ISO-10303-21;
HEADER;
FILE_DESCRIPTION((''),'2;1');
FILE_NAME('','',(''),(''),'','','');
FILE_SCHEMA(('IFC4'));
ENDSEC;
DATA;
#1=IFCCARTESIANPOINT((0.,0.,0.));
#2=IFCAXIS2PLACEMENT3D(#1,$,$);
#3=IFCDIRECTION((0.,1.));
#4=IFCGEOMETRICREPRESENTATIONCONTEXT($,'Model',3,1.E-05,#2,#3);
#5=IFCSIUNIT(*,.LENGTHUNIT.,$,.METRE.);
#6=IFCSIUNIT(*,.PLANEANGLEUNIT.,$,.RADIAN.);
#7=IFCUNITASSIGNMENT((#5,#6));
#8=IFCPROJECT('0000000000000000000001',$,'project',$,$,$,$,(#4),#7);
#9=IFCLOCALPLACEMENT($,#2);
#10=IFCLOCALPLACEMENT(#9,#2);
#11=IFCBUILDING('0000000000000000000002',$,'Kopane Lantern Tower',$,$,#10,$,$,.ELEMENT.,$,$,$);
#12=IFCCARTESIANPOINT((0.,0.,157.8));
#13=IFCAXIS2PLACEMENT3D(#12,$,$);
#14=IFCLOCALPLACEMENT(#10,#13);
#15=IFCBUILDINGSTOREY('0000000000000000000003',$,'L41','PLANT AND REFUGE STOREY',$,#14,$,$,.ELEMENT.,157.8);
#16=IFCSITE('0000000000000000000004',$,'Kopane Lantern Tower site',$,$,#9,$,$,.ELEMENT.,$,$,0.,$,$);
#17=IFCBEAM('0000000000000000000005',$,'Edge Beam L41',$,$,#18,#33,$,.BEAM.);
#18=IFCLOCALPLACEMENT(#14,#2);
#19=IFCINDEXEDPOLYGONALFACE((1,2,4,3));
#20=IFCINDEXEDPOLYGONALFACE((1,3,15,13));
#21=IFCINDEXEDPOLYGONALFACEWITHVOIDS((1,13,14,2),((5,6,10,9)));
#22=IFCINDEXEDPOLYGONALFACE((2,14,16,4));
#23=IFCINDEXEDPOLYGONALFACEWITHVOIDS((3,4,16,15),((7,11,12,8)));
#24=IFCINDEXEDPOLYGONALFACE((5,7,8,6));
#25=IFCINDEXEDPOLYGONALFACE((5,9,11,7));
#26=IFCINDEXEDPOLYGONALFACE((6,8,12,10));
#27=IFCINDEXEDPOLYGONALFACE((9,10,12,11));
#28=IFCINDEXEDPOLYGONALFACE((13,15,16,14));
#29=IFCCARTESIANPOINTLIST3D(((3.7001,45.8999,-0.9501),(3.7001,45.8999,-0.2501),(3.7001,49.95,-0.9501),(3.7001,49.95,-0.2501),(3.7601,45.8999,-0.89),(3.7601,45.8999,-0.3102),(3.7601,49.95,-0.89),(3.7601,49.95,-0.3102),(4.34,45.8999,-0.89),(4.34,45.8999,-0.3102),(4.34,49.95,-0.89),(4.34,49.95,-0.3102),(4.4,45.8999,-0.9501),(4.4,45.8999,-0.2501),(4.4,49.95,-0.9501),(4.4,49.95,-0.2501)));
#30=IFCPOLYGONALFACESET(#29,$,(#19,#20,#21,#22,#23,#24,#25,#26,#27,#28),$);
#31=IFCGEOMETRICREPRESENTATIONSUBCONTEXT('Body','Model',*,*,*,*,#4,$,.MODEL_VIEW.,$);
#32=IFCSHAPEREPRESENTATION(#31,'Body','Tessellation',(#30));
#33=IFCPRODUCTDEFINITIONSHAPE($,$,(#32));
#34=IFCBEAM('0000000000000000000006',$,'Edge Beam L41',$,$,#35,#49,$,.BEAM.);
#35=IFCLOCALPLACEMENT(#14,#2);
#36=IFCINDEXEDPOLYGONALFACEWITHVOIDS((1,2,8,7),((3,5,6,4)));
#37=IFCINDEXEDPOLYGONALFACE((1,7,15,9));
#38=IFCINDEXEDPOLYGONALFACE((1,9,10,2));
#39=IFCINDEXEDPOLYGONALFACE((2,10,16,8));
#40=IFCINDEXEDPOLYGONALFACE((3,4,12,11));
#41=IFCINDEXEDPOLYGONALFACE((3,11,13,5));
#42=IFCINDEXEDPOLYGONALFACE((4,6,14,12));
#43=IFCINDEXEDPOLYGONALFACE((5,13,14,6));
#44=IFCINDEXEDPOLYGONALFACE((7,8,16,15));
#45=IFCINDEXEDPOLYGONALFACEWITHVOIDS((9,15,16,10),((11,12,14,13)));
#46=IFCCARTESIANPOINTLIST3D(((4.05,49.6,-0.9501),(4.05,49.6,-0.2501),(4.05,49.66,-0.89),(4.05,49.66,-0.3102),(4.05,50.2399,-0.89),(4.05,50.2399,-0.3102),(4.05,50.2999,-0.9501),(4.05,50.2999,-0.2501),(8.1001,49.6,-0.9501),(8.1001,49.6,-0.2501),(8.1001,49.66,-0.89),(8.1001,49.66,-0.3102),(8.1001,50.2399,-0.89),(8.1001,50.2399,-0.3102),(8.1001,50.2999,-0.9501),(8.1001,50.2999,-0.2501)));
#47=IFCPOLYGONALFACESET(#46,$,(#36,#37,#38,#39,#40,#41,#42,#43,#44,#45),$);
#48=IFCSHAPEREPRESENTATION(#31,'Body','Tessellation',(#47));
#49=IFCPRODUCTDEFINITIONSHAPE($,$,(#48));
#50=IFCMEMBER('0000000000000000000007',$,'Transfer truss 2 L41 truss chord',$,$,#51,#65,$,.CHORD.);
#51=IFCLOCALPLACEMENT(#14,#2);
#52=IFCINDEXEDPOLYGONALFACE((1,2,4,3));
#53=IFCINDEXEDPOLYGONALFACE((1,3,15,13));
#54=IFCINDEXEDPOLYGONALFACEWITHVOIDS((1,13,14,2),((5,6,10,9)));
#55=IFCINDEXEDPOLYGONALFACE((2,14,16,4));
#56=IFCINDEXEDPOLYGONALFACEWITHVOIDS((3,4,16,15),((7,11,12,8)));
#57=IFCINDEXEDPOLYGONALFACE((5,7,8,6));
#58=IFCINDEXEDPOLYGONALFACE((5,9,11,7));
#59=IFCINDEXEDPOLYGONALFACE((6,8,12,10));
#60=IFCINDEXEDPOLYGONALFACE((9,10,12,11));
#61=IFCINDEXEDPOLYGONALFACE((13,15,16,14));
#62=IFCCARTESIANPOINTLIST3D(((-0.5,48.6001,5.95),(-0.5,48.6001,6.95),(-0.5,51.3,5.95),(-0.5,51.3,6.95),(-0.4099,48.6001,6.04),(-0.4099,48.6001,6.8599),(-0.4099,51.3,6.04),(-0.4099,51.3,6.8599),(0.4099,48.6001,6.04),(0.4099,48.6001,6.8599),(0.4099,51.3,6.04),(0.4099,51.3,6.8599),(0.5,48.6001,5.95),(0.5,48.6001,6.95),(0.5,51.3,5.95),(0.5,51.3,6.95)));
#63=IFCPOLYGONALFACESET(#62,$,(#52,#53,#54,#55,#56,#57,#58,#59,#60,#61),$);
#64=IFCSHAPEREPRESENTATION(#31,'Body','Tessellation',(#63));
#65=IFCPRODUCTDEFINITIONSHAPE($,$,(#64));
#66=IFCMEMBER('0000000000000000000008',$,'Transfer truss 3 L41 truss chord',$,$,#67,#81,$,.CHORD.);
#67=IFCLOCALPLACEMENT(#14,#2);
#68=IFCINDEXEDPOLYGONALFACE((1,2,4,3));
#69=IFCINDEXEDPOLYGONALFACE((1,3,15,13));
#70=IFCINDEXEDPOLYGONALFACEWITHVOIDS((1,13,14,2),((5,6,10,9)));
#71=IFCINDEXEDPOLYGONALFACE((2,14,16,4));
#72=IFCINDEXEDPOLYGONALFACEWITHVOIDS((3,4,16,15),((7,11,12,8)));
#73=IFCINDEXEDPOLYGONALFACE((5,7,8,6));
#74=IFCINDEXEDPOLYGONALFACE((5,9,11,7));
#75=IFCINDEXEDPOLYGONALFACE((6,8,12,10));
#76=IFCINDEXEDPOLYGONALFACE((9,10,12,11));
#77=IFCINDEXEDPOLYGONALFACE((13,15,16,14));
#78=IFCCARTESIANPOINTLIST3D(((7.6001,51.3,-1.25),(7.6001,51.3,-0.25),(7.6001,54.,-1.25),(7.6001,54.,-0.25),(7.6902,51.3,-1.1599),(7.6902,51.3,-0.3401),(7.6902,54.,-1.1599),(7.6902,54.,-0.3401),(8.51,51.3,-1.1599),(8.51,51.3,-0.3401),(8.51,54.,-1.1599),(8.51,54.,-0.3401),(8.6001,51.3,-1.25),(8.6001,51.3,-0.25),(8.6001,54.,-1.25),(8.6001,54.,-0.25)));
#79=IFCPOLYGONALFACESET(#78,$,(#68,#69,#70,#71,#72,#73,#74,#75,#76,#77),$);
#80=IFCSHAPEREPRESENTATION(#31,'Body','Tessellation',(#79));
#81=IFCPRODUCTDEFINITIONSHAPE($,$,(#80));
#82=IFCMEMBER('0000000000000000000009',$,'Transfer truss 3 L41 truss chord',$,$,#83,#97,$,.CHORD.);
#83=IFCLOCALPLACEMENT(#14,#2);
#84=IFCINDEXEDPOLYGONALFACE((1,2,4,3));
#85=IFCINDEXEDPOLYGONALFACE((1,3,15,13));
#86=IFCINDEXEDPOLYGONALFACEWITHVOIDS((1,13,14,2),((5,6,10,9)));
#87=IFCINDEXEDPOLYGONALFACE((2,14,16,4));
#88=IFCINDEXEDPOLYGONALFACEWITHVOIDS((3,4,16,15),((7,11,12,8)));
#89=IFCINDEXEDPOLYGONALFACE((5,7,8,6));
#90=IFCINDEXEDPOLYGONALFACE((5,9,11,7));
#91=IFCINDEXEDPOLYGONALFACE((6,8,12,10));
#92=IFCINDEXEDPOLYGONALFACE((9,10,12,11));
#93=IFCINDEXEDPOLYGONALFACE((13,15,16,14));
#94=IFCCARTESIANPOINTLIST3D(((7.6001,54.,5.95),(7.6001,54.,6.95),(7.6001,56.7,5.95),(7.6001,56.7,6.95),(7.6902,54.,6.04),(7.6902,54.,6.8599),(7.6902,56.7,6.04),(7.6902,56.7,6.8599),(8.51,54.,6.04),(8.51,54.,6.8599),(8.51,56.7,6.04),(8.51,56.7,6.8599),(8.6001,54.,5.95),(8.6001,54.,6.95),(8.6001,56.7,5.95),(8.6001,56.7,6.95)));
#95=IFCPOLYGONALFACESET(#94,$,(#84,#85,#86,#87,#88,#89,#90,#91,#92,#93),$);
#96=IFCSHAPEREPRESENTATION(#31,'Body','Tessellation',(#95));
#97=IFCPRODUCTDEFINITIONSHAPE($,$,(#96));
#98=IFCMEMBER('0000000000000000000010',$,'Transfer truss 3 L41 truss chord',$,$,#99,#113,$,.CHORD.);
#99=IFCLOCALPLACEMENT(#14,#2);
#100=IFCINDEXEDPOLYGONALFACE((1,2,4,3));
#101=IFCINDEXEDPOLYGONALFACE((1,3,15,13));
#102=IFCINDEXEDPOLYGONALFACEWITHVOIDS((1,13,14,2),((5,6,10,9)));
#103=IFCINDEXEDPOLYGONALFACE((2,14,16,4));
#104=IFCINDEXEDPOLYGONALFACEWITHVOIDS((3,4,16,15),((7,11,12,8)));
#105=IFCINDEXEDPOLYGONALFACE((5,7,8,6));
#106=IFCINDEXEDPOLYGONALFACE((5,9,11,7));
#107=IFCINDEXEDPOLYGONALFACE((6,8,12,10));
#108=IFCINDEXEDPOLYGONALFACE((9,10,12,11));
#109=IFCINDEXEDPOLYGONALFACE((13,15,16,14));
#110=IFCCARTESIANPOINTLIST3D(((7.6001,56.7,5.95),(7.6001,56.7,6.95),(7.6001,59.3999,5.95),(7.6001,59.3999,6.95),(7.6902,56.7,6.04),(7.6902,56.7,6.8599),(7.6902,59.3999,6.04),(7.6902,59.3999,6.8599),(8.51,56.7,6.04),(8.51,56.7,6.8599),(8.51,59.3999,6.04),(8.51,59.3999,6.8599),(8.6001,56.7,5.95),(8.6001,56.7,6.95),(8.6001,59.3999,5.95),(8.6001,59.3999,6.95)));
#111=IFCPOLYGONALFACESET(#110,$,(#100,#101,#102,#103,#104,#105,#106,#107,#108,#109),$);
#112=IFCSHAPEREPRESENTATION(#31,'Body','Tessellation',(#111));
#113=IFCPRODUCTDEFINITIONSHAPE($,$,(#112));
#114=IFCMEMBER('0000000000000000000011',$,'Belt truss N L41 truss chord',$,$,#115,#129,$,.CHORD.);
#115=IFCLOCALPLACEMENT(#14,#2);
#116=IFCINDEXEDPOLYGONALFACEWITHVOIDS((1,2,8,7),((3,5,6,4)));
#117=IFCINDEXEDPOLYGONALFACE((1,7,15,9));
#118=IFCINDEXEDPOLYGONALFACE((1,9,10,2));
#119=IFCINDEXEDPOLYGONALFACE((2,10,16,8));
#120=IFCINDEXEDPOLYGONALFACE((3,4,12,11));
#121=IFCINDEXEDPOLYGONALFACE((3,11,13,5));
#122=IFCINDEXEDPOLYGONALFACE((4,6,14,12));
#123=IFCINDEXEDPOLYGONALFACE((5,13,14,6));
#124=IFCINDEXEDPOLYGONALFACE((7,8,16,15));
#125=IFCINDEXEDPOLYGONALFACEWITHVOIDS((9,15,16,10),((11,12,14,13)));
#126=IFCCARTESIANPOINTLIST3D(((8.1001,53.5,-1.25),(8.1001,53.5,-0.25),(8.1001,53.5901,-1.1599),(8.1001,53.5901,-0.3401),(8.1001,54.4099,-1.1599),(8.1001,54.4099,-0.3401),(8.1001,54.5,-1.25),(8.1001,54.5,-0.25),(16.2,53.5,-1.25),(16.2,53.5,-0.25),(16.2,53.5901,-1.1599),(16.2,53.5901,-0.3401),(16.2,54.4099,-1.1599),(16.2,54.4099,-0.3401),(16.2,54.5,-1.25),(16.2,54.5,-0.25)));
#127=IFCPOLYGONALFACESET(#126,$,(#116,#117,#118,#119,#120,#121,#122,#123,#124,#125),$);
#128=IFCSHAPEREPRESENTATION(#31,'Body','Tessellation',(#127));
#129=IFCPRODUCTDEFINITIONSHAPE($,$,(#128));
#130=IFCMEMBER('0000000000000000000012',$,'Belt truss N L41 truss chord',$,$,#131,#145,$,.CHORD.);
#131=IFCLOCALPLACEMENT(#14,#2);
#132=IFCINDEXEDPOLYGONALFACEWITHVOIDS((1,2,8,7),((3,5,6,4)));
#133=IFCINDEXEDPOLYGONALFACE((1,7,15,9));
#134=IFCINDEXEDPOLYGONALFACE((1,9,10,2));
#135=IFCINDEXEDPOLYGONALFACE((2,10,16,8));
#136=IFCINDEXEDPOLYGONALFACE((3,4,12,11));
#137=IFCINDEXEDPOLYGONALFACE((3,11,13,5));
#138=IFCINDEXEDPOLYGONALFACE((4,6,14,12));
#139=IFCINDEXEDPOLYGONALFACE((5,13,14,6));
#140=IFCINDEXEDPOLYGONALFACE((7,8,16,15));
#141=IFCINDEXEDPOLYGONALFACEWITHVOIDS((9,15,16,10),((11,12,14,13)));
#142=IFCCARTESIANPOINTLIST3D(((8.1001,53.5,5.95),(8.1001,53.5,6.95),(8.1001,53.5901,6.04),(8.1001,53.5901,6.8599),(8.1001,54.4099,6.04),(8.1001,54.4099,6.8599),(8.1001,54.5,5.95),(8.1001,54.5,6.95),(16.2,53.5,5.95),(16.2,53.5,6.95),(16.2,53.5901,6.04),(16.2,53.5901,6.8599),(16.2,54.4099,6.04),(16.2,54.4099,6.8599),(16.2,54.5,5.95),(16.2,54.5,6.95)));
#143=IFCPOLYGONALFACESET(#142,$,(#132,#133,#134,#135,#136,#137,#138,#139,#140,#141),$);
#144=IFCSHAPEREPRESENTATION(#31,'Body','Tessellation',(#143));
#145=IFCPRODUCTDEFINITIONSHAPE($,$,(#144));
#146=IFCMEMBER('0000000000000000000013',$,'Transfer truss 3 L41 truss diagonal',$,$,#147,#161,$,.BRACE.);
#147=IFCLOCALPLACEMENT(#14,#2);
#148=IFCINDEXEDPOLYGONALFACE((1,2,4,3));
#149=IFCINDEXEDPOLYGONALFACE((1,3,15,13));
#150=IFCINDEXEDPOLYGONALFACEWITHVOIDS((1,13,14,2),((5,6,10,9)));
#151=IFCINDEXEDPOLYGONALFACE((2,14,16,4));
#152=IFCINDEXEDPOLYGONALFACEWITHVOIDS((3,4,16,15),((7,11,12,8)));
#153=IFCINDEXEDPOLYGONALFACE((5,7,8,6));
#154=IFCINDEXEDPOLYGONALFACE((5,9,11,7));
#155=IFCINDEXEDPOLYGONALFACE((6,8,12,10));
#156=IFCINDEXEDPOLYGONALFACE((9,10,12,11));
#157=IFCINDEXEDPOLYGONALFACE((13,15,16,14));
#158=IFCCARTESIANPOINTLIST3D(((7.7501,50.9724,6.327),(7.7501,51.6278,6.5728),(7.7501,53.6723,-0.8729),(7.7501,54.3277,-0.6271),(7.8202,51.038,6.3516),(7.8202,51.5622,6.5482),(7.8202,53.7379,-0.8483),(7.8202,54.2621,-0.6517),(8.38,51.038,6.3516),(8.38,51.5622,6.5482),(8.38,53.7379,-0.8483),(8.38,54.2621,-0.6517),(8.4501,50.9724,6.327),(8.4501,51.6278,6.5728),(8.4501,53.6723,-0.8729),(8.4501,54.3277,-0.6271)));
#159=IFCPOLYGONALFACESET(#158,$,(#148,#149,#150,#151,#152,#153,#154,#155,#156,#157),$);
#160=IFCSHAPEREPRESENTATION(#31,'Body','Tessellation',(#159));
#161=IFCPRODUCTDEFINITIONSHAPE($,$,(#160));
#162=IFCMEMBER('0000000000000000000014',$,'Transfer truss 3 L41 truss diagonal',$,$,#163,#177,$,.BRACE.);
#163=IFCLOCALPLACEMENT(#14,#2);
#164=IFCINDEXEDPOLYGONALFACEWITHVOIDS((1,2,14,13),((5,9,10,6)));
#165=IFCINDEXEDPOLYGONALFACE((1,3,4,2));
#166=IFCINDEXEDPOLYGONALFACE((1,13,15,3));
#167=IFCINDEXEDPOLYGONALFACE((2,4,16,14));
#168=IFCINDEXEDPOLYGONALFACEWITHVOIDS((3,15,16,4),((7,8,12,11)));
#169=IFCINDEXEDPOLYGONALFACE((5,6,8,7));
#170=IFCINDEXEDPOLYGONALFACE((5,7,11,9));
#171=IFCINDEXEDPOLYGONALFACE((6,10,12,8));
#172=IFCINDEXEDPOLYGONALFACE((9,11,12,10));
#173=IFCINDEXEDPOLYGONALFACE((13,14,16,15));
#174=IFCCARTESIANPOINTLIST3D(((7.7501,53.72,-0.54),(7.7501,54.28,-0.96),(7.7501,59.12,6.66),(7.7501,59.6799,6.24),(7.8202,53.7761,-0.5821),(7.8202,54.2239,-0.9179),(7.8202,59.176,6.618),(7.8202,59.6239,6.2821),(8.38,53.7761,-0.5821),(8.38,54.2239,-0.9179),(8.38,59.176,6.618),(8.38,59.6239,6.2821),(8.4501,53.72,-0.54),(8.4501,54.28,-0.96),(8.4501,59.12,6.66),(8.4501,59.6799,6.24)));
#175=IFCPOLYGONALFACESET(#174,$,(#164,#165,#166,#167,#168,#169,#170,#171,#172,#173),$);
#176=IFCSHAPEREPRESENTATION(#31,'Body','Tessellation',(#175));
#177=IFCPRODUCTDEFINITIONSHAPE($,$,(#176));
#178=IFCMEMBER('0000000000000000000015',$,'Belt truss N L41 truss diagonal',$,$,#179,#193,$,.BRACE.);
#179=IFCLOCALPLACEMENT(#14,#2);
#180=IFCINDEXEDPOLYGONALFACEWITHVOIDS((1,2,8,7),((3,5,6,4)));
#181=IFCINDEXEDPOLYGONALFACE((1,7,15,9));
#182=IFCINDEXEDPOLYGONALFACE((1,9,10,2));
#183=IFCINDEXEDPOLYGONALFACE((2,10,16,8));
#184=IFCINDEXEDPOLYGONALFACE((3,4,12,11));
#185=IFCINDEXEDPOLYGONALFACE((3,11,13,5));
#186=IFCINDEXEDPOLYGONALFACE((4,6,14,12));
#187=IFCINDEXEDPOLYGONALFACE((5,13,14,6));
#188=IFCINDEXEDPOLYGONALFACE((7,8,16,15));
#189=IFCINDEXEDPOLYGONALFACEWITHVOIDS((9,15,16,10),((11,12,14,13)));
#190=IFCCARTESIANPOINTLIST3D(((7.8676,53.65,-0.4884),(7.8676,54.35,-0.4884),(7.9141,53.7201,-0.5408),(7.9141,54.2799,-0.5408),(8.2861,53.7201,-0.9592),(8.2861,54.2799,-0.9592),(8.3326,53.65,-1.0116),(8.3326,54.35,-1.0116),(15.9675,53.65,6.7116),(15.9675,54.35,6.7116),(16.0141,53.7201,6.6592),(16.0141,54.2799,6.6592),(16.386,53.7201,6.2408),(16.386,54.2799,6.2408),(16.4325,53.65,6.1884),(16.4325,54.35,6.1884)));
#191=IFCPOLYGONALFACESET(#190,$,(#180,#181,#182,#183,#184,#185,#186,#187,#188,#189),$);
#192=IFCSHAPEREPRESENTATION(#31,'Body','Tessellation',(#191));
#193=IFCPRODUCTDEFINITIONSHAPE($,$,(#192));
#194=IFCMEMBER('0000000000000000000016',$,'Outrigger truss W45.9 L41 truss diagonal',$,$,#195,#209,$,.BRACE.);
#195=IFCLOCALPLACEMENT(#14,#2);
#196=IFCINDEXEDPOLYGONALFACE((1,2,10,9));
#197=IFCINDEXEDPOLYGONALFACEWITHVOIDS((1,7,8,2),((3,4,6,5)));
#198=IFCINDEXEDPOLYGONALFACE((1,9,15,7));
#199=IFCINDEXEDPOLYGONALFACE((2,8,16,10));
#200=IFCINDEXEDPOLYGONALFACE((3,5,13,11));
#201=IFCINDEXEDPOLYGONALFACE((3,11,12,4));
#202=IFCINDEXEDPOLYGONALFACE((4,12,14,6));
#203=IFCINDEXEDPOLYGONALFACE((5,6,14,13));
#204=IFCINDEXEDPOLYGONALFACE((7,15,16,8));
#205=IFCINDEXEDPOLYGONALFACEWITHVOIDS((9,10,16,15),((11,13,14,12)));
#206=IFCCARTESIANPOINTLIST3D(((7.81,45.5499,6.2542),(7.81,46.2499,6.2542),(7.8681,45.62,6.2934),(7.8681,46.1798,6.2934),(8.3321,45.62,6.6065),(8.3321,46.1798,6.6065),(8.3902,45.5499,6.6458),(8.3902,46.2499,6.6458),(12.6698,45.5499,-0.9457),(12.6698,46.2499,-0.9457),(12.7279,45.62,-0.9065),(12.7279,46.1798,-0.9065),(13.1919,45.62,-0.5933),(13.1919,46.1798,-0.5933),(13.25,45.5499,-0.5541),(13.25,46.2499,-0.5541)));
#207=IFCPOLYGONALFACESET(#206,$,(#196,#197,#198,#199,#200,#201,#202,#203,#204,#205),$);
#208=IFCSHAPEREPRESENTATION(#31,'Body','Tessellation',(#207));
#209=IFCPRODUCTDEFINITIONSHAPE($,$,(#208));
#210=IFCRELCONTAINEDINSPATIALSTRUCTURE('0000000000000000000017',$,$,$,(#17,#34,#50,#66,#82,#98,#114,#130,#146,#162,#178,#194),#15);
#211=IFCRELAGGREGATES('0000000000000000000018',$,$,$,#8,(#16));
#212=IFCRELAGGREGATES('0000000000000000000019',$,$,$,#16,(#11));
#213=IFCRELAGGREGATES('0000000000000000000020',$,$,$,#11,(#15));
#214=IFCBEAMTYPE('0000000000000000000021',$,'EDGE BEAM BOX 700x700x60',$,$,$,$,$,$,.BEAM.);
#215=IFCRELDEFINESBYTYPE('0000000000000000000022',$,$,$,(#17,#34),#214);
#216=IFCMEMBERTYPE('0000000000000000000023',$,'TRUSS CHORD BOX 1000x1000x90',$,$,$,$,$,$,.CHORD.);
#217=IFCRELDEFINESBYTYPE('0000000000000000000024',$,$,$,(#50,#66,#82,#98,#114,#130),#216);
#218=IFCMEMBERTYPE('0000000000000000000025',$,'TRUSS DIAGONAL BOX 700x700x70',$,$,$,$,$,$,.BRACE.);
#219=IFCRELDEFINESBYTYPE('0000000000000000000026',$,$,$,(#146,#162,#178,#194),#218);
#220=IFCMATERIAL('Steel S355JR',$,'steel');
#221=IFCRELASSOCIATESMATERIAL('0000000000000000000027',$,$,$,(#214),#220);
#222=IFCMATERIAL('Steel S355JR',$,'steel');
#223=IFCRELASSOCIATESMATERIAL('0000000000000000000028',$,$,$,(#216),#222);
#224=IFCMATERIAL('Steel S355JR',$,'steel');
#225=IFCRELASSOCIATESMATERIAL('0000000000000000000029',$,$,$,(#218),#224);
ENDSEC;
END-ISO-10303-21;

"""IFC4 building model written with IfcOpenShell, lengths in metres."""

from ifc_helpers import new_model, si_unit, direction, frame, origin, origin_2d, place, context, subcontext, project, spatial, hollow_rectangle, extrude, material, material_profile, profile_set, type_object, element, save


model = new_model("IFC4")

# Units and contexts
model_context = context("Model", 3, precision=1e-05, world=origin(), true_north=direction((0.0, 1.0)))
body_context = subcontext(model_context, "Body", "Model", "MODEL_VIEW")
ifc_project = project(units=[si_unit("LENGTHUNIT", "METRE"), si_unit("PLANEANGLEUNIT", "RADIAN")], contexts=[model_context])

# Site, building, storey
site_placement = place(None, origin())
site = spatial("IfcSite", under=ifc_project, at=site_placement, Name="Kopane Lantern Tower site", CompositionType="ELEMENT", RefElevation=0.0)
building_placement = place(site_placement, origin())
building = spatial("IfcBuilding", under=site, at=building_placement, Name="Kopane Lantern Tower", CompositionType="ELEMENT")
storey_placement = place(building_placement, frame((0.0, 0.0, 157.8)))
storey = spatial("IfcBuildingStorey", under=building, at=storey_placement, Name="L41", Description="PLANT AND REFUGE STOREY", CompositionType="ELEMENT", Elevation=157.8)

# Beams
ifc_material_1 = material(Name="Steel S355JR", Category="steel")
ifc_material_profile_1 = material_profile(ifc_material_1, hollow_rectangle(XDim=0.7, YDim=0.7, WallThickness=0.0601, at=origin_2d()), Name="BOX 700x700x60")
ifc_profile_set_1 = profile_set([ifc_material_profile_1], Name="Steel S355JR")
beam_type = type_object("IfcBeamType", Name="EDGE BEAM BOX 700x700x60", PredefinedType="BEAM", material=ifc_profile_set_1)
for number, where, z_axis, x_axis, name in (
    (1, (4.05, 49.95, -0.6001), (0.0, -1.0, 0.0), (1.0, 0.0, 0.0), "Edge Beam L41"),
    (2, (4.05, 49.95, -0.6001), (1.0, 0.0, 0.0), (0.0, 1.0, 0.0), "Edge Beam L41"),
):
    element("IfcBeam", number, at=place(storey_placement, frame(where, z_axis=z_axis, x_axis=x_axis)), inside=storey, type_object=beam_type, Name=name, PredefinedType="BEAM", context=body_context, shape_type="SweptSolid", body=[
        extrude(hollow_rectangle(XDim=0.7, YDim=0.7, WallThickness=0.0601, at=origin_2d()), origin(), (0.0, 0.0, 1.0), 4.05),
    ])

# Members
ifc_material_2 = material(Name="Steel S355JR", Category="steel")
ifc_material_profile_2 = material_profile(ifc_material_2, hollow_rectangle(XDim=1.0, YDim=1.0, WallThickness=0.0901, at=origin_2d()), Name="BOX 1000x1000x90")
ifc_profile_set_2 = profile_set([ifc_material_profile_2], Name="Steel S355JR")
member_type_1 = type_object("IfcMemberType", Name="TRUSS CHORD BOX 1000x1000x90", PredefinedType="CHORD", material=ifc_profile_set_2)
for number, where, z_axis, x_axis, name in (
    (3, (0.0, 48.6001, 6.45), (0.0, 1.0, 0.0), (-1.0, 0.0, 0.0), "Transfer truss 2 L41 truss chord"),
    (4, (8.1001, 51.3, -0.75), (0.0, 1.0, 0.0), (-1.0, 0.0, 0.0), "Transfer truss 3 L41 truss chord"),
    (5, (8.1001, 54.0, 6.45), (0.0, 1.0, 0.0), (-1.0, 0.0, 0.0), "Transfer truss 3 L41 truss chord"),
    (6, (8.1001, 56.7, 6.45), (0.0, 1.0, 0.0), (-1.0, 0.0, 0.0), "Transfer truss 3 L41 truss chord"),
):
    element("IfcMember", number, at=place(storey_placement, frame(where, z_axis=z_axis, x_axis=x_axis)), inside=storey, type_object=member_type_1, Name=name, PredefinedType="CHORD", context=body_context, shape_type="SweptSolid", body=[
        extrude(hollow_rectangle(XDim=1.0, YDim=1.0, WallThickness=0.0901, at=origin_2d()), origin(), (0.0, 0.0, 1.0), 2.7),
    ])
for number, where, z_axis, x_axis, name in (
    (7, (8.1001, 54.0, -0.75), (1.0, 0.0, 0.0), (0.0, 1.0, 0.0), "Belt truss N L41 truss chord"),
    (8, (8.1001, 54.0, 6.45), (1.0, 0.0, 0.0), (0.0, 1.0, 0.0), "Belt truss N L41 truss chord"),
):
    element("IfcMember", number, at=place(storey_placement, frame(where, z_axis=z_axis, x_axis=x_axis)), inside=storey, type_object=member_type_1, Name=name, PredefinedType="CHORD", context=body_context, shape_type="SweptSolid", body=[
        extrude(hollow_rectangle(XDim=1.0, YDim=1.0, WallThickness=0.0901, at=origin_2d()), origin(), (0.0, 0.0, 1.0), 8.0999),
    ])
ifc_material_3 = material(Name="Steel S355JR", Category="steel")
ifc_material_profile_3 = material_profile(ifc_material_3, hollow_rectangle(XDim=0.7, YDim=0.7, WallThickness=0.0701, at=origin_2d()), Name="BOX 700x700x70")
ifc_profile_set_3 = profile_set([ifc_material_profile_3], Name="Steel S355JR")
member_type_2 = type_object("IfcMemberType", Name="TRUSS DIAGONAL BOX 700x700x70", PredefinedType="BRACE", material=ifc_profile_set_3)
member_1_placement = place(storey_placement, frame((8.1001, 54.0, -0.75), z_axis=(0.0, -0.35112, 0.93633), x_axis=(1.0, 0.0, 0.0)))
element("IfcMember", 9, at=member_1_placement, inside=storey, type_object=member_type_2, Name="Transfer truss 3 L41 truss diagonal", PredefinedType="BRACE", context=body_context, shape_type="SweptSolid", body=[
    extrude(hollow_rectangle(XDim=0.7, YDim=0.7, WallThickness=0.0701, at=origin_2d()), origin(), (0.0, 0.0, 1.0), 7.6895),
])
member_2_placement = place(storey_placement, frame((8.1001, 54.0, -0.75), z_axis=(0.0, 0.599996, 0.800003), x_axis=(-1.0, 0.0, 0.0)))
element("IfcMember", 10, at=member_2_placement, inside=storey, type_object=member_type_2, Name="Transfer truss 3 L41 truss diagonal", PredefinedType="BRACE", context=body_context, shape_type="SweptSolid", body=[
    extrude(hollow_rectangle(XDim=0.7, YDim=0.7, WallThickness=0.0701, at=origin_2d()), origin(), (0.0, 0.0, 1.0), 9.0),
])
member_3_placement = place(storey_placement, frame((8.1001, 54.0, -0.75), z_axis=(0.747406, 0.0, 0.664368), x_axis=(0.0, 1.0, 0.0)))
element("IfcMember", 11, at=member_3_placement, inside=storey, type_object=member_type_2, Name="Belt truss N L41 truss diagonal", PredefinedType="BRACE", context=body_context, shape_type="SweptSolid", body=[
    extrude(hollow_rectangle(XDim=0.7, YDim=0.7, WallThickness=0.0701, at=origin_2d()), origin(), (0.0, 0.0, 1.0), 10.8374),
])
member_4_placement = place(storey_placement, frame((8.1001, 45.8999, 6.45), z_axis=(0.559465, 0.0, -0.828854), x_axis=(0.0, 1.0, 0.0)))
element("IfcMember", 12, at=member_4_placement, inside=storey, type_object=member_type_2, Name="Outrigger truss W45.9 L41 truss diagonal", PredefinedType="BRACE", context=body_context, shape_type="SweptSolid", body=[
    extrude(hollow_rectangle(XDim=0.7, YDim=0.7, WallThickness=0.0701, at=origin_2d()), origin(), (0.0, 0.0, 1.0), 8.6865),
])

save(model, "model.ifc")
